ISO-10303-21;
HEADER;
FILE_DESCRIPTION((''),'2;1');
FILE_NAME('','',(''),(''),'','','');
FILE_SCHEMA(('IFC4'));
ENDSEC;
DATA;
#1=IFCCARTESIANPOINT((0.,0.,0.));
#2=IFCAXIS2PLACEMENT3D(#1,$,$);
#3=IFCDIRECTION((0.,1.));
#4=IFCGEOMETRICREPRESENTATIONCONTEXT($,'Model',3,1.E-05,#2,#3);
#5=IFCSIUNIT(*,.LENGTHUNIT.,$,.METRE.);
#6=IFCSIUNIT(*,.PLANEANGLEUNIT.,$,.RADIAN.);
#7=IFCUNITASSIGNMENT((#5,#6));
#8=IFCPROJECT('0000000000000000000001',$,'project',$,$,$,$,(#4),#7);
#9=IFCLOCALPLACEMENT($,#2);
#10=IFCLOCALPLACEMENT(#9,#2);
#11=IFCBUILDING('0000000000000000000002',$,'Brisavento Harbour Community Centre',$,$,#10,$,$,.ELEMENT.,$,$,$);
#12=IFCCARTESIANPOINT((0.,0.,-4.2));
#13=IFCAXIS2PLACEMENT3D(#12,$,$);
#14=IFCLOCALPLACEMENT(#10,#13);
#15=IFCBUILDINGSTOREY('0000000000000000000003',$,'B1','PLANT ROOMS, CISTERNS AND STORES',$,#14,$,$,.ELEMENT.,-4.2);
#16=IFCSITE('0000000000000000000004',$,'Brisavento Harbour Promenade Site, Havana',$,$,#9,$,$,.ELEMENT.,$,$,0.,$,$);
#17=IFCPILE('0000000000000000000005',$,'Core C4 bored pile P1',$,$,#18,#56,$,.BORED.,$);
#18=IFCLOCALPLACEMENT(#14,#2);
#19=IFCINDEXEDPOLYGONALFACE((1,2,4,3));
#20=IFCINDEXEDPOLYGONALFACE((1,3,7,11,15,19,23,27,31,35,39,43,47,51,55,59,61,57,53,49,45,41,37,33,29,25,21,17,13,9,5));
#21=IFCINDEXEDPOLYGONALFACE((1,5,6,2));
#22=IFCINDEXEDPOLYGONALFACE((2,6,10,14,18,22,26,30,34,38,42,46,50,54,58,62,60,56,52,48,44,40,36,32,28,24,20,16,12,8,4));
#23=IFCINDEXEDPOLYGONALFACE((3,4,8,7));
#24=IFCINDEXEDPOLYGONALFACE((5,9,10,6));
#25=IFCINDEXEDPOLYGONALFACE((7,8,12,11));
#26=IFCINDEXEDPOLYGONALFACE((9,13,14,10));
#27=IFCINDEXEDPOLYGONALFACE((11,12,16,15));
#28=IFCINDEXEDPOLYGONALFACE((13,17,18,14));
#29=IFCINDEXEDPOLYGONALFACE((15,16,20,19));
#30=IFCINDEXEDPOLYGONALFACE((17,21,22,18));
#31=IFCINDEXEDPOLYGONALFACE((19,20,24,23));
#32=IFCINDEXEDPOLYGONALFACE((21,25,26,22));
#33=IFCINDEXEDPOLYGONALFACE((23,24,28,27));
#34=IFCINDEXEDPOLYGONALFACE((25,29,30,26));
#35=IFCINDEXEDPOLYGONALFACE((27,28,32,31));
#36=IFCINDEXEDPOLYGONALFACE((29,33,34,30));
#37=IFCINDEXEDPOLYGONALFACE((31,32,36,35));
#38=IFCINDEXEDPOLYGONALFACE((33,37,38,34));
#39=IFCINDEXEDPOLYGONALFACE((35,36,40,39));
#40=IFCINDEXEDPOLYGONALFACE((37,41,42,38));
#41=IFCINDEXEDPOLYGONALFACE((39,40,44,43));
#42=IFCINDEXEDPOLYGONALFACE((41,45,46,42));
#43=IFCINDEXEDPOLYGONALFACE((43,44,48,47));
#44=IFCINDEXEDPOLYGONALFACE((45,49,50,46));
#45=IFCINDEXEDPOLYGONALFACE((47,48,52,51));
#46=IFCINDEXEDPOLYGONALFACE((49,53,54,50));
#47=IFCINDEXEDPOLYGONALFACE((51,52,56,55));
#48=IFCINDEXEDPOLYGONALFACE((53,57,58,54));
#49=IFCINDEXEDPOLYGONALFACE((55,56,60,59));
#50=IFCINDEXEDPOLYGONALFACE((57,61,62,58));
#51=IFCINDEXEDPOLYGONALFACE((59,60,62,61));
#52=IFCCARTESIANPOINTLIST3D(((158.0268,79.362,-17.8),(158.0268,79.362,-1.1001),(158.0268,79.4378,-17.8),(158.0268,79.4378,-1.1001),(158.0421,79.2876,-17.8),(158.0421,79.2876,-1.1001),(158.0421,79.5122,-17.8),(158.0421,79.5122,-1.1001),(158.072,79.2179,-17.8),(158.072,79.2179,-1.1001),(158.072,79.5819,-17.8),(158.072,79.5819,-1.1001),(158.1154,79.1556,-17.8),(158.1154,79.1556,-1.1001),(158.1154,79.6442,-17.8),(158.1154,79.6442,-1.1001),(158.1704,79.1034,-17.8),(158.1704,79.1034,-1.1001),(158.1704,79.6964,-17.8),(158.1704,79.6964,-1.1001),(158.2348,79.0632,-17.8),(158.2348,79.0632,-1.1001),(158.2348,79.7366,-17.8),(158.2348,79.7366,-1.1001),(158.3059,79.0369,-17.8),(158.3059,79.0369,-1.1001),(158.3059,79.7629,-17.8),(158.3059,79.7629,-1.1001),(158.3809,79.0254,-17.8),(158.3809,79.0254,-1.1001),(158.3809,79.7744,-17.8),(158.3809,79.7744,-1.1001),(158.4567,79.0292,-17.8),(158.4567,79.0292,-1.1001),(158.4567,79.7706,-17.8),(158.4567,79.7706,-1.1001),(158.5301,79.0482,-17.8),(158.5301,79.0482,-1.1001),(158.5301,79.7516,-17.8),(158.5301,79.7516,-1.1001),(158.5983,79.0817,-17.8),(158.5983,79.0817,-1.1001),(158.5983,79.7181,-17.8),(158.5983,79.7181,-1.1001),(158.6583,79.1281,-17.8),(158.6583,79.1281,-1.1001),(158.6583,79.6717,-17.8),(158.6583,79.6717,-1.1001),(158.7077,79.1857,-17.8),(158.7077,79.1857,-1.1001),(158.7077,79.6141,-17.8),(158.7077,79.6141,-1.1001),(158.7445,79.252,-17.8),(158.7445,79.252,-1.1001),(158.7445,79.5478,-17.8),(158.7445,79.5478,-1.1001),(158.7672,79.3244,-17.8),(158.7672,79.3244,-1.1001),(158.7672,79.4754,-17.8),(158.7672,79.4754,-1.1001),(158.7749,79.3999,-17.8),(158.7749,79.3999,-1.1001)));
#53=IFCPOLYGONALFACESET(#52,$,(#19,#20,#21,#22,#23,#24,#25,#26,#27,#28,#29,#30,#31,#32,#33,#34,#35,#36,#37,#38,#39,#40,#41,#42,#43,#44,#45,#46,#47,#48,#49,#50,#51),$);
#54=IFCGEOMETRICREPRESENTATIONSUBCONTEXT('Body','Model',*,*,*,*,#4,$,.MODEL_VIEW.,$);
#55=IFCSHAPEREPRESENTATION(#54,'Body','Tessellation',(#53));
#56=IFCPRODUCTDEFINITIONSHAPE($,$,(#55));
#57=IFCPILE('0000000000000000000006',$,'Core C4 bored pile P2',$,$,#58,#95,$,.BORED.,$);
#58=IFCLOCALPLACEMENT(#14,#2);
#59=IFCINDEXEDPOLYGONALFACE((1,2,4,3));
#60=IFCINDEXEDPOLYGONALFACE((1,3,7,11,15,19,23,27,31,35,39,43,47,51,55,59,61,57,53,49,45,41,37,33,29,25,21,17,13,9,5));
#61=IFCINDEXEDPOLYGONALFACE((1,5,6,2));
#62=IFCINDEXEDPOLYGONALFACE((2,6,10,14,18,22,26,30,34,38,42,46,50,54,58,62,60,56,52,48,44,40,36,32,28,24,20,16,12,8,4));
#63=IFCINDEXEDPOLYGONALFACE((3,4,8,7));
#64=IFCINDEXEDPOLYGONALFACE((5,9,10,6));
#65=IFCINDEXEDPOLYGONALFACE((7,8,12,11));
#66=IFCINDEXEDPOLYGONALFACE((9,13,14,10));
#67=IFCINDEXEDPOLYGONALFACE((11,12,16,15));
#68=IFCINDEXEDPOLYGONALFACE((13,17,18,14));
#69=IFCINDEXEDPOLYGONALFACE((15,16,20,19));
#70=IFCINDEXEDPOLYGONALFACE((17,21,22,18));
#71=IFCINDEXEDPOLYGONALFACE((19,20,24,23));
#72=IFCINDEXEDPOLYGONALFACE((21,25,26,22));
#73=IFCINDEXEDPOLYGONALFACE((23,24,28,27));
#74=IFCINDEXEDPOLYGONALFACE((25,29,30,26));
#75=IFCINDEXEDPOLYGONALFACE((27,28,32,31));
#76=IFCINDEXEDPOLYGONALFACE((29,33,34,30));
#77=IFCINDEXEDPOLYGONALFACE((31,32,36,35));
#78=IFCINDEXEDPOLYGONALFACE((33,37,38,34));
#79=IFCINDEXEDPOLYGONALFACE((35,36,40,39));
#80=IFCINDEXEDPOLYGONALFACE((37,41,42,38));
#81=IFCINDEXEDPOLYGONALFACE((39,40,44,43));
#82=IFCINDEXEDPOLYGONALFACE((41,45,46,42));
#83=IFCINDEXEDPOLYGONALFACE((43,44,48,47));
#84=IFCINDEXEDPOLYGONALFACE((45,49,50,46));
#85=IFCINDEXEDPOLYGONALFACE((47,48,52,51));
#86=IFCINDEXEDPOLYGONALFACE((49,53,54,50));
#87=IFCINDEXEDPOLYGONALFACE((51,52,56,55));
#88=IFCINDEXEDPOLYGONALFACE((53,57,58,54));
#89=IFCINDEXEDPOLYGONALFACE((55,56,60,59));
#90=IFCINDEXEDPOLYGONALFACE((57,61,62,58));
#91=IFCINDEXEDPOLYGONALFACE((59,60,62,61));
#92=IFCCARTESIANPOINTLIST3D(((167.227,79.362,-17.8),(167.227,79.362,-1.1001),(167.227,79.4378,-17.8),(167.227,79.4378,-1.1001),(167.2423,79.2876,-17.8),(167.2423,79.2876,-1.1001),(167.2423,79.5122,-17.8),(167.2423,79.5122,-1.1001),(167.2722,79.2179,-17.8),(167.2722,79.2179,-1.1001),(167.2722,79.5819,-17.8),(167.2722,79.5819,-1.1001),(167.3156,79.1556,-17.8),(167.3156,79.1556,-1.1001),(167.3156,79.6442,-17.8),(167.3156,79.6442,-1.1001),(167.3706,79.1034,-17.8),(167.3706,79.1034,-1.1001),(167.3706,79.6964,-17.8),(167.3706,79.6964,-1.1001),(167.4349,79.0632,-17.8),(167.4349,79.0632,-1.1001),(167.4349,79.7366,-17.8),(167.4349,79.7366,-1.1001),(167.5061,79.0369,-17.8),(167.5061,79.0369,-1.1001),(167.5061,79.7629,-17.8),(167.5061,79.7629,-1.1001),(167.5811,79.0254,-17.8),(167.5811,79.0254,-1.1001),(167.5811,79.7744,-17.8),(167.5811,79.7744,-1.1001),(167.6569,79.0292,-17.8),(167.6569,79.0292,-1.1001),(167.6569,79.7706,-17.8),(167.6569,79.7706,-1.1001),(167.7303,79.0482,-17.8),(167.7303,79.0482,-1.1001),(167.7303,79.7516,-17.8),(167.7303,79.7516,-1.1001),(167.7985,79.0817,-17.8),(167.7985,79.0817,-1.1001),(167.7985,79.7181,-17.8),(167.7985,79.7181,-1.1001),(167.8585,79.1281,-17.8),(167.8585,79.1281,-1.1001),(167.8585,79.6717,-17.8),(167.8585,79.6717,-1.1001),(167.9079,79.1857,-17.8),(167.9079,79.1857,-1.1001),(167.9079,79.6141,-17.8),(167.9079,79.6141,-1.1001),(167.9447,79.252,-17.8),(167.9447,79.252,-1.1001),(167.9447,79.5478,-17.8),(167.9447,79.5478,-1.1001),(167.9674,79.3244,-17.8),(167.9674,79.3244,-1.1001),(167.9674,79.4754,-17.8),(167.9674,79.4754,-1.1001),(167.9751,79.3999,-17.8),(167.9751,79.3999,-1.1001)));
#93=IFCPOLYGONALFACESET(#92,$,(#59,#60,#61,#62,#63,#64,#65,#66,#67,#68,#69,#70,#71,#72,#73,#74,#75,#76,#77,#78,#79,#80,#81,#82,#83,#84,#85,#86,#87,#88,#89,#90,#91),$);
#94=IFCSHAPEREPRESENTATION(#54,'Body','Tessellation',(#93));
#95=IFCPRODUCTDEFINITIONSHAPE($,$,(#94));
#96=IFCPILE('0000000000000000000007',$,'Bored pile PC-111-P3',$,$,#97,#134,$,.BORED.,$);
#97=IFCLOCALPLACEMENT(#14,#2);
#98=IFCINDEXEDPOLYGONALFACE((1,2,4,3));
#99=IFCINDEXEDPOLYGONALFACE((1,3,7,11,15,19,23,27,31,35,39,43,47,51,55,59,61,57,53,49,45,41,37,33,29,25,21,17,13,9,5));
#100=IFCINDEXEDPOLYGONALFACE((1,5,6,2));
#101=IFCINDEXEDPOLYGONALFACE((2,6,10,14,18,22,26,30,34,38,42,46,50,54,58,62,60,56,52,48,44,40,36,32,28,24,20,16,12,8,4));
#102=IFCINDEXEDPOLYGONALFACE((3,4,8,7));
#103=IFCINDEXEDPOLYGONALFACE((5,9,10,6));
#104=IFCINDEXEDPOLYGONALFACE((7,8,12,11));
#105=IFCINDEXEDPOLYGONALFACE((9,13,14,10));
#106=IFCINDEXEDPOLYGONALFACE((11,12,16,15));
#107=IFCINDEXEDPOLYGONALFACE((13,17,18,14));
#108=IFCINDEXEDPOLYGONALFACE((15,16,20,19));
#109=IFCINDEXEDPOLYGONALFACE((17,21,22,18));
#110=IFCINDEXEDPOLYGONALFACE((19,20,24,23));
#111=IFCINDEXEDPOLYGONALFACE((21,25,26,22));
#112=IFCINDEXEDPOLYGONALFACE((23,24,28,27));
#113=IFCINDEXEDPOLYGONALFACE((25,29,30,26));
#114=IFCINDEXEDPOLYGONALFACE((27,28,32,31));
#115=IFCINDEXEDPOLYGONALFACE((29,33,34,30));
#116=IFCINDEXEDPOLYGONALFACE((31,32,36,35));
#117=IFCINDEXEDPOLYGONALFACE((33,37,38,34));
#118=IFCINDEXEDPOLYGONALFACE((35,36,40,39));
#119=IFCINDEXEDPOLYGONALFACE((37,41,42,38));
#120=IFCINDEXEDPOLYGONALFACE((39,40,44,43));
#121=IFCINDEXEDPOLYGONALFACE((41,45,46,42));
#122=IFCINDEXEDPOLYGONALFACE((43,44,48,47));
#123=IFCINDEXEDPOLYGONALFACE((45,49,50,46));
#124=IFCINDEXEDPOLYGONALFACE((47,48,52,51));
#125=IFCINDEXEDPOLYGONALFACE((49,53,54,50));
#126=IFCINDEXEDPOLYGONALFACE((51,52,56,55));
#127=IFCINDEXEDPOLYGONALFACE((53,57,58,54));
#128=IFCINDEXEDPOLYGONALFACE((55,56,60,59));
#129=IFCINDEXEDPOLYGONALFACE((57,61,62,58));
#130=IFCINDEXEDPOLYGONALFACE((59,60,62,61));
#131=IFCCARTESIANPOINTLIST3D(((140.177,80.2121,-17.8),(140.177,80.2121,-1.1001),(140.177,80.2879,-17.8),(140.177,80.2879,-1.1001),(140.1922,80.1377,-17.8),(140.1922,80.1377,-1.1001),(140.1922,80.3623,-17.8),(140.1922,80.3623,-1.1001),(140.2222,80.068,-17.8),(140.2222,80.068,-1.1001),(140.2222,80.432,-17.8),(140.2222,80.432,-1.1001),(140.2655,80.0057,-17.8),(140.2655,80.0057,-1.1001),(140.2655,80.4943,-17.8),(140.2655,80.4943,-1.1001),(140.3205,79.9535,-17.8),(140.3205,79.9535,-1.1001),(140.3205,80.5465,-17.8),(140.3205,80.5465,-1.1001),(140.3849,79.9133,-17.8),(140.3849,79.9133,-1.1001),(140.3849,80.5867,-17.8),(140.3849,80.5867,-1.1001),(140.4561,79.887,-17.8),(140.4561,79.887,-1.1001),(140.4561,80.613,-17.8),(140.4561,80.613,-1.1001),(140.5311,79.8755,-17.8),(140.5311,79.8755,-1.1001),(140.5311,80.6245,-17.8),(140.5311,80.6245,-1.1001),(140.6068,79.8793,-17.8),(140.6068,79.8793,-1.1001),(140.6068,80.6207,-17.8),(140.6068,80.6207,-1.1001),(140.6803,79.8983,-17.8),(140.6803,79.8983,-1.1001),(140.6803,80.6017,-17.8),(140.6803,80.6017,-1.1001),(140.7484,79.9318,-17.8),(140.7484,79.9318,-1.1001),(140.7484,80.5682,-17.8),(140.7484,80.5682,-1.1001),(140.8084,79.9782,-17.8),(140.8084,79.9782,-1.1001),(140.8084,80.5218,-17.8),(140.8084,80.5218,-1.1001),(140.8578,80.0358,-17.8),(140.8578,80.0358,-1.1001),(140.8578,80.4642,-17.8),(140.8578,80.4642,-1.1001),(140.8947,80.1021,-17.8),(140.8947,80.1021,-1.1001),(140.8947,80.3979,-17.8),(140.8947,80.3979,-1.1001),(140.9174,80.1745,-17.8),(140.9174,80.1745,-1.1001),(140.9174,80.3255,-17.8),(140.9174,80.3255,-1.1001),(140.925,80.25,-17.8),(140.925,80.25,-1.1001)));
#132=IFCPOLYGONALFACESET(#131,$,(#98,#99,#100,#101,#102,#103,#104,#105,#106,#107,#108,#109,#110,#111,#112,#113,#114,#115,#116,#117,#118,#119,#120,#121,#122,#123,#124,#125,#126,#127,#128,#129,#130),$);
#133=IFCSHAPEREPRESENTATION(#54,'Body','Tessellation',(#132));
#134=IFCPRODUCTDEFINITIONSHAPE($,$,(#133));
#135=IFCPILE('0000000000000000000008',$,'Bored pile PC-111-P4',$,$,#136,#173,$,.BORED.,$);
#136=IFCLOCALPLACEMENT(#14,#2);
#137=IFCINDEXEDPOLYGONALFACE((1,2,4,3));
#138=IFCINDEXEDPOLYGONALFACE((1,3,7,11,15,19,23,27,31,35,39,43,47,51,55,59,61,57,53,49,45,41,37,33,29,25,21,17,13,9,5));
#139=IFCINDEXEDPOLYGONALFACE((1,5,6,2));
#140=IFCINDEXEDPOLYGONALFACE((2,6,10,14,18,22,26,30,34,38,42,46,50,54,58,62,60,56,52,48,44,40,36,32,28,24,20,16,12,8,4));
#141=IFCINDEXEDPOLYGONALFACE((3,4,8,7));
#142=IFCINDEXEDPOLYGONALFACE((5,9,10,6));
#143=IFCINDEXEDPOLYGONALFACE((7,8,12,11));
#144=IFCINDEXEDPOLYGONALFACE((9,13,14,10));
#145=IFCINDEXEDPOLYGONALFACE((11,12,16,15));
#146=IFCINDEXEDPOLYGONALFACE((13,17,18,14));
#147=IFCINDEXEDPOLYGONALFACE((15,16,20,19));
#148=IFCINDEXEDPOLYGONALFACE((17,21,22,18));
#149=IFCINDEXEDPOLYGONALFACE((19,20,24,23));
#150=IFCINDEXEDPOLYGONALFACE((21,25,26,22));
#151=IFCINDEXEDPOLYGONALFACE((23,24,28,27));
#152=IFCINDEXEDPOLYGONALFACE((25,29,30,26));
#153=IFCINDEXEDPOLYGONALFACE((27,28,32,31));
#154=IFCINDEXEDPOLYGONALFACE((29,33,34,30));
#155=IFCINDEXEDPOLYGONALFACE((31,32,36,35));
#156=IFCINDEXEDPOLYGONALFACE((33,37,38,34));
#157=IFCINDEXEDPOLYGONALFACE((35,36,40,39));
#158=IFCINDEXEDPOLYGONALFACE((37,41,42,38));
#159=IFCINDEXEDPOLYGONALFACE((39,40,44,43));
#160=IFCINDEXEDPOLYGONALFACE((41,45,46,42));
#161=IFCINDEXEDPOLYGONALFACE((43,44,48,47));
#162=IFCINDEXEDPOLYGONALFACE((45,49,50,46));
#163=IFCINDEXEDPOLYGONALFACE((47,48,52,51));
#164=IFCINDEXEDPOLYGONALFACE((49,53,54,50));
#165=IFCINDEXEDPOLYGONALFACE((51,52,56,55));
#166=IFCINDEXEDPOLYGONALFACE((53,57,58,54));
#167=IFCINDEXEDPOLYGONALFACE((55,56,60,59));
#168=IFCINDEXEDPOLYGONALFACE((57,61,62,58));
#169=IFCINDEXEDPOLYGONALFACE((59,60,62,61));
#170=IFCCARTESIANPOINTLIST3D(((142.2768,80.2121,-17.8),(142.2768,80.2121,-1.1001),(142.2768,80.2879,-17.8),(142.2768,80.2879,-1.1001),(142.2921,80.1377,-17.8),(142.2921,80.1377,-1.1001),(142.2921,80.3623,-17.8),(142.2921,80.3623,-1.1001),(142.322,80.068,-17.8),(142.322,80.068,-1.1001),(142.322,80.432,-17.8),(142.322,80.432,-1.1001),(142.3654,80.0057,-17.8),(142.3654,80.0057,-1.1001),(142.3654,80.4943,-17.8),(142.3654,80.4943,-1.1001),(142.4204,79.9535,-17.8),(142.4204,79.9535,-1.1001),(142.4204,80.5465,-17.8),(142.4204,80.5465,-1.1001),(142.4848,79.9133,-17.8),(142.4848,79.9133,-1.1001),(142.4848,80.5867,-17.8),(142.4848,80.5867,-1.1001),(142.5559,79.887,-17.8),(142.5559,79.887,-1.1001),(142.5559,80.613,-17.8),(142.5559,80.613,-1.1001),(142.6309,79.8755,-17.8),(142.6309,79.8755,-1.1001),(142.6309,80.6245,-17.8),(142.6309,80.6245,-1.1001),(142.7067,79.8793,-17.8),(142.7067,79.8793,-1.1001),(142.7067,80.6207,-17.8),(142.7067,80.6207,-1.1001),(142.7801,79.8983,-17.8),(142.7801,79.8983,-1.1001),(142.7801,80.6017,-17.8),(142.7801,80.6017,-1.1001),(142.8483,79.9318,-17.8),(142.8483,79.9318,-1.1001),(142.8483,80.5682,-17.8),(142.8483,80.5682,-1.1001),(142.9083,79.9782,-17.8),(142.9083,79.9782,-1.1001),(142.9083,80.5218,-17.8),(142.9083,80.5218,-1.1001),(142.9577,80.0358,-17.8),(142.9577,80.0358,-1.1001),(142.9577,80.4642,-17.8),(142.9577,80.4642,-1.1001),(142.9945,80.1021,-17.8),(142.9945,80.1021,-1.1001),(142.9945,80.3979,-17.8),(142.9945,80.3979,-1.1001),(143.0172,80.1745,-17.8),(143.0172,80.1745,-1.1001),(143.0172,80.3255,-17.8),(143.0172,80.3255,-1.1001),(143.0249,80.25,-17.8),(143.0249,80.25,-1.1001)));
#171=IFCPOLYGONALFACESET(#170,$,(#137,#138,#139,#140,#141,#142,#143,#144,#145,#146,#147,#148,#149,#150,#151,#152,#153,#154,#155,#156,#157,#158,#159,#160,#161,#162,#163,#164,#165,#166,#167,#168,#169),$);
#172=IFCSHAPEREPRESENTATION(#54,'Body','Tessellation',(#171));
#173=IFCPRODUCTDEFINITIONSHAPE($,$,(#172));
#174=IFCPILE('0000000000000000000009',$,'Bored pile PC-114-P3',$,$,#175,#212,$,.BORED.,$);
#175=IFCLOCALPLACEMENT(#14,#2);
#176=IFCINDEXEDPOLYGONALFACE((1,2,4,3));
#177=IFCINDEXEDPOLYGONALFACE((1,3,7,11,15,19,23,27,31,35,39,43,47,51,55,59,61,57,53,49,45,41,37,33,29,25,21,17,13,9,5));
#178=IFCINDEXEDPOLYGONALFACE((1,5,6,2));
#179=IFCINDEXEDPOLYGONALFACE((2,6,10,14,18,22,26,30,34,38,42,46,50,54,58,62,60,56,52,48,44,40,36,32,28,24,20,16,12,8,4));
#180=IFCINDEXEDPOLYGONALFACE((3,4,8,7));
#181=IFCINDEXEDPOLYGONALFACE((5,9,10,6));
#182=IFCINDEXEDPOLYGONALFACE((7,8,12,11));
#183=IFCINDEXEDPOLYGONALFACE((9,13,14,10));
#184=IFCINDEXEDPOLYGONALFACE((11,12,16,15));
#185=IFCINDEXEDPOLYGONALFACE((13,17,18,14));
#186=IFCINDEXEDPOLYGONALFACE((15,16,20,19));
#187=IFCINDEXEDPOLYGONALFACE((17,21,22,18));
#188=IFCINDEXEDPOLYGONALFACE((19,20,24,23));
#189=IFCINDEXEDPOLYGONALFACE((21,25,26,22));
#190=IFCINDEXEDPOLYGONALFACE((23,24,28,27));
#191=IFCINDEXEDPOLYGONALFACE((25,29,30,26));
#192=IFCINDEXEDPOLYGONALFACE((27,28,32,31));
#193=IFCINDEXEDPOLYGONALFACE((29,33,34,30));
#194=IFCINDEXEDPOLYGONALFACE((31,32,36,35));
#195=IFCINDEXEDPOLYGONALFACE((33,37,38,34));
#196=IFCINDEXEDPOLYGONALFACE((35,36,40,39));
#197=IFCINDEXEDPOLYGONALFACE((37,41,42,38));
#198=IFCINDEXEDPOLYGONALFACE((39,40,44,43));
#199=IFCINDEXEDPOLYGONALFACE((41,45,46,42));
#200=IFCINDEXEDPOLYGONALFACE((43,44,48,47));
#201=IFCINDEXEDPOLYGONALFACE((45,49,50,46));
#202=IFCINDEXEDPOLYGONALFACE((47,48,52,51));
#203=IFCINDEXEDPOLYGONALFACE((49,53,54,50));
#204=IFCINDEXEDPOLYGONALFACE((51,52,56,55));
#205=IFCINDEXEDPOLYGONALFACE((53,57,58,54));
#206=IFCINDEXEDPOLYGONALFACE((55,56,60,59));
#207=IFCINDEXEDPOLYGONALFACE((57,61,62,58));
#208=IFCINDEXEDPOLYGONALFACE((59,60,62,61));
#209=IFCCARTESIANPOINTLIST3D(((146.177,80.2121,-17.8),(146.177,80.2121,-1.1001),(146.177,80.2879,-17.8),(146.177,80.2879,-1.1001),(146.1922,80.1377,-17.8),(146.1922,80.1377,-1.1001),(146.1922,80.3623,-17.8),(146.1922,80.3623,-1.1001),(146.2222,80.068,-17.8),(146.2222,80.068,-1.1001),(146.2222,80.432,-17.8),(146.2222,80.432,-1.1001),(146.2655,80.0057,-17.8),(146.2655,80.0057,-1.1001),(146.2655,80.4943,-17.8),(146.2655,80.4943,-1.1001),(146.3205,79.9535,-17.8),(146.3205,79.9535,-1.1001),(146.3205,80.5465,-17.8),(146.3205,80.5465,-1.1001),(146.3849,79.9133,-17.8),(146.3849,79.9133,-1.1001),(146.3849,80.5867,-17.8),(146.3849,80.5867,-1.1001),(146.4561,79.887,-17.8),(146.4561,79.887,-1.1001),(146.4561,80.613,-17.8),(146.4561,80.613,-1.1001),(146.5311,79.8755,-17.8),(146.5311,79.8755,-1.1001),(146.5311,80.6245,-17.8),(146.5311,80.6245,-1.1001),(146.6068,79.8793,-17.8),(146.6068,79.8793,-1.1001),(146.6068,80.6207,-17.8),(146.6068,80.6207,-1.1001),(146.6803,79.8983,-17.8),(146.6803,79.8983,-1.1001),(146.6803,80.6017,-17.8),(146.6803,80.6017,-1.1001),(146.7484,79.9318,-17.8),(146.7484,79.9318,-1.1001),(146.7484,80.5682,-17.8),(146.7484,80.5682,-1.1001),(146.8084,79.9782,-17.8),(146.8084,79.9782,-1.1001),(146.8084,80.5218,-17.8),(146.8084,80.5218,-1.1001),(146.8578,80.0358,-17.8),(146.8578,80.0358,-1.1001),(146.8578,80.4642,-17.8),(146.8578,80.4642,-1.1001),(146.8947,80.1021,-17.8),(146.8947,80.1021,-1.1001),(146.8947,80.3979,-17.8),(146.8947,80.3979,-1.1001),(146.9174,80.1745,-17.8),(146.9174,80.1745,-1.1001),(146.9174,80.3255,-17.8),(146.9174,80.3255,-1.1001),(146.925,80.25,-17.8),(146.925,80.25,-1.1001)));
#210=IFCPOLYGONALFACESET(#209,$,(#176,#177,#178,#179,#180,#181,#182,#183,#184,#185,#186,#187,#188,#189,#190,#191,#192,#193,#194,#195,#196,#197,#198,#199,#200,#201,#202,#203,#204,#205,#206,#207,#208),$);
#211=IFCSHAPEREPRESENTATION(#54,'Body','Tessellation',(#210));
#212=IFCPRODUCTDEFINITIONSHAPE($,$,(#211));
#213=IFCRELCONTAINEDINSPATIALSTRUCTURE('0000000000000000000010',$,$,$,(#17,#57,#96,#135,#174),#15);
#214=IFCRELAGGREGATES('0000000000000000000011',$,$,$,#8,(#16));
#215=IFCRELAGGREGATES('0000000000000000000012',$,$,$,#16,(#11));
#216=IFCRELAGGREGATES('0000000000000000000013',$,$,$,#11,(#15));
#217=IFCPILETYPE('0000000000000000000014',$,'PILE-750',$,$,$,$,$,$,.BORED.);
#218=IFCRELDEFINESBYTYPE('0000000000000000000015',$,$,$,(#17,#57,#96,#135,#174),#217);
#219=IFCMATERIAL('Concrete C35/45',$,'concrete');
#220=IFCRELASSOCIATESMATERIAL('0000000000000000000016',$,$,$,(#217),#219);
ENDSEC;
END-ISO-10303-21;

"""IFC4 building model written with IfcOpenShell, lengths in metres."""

from ifc_helpers import new_model, si_unit, direction, frame, origin, origin_2d, place, context, subcontext, project, spatial, circle, extrude, material, material_profile, profile_set, type_object, element, save


model = new_model("IFC4")

# Units and contexts
model_context = context("Model", 3, precision=1e-05, world=origin(), true_north=direction((0.0, 1.0)))
body_context = subcontext(model_context, "Body", "Model", "MODEL_VIEW")
ifc_project = project(units=[si_unit("LENGTHUNIT", "METRE"), si_unit("PLANEANGLEUNIT", "RADIAN")], contexts=[model_context])

# Site, building, storey
site_placement = place(None, origin())
site = spatial("IfcSite", under=ifc_project, at=site_placement, Name="Brisavento Harbour Promenade Site, Havana", CompositionType="ELEMENT", RefElevation=0.0)
building_placement = place(site_placement, origin())
building = spatial("IfcBuilding", under=site, at=building_placement, Name="Brisavento Harbour Community Centre", CompositionType="ELEMENT")
storey_placement = place(building_placement, frame((0.0, 0.0, -4.2)))
storey = spatial("IfcBuildingStorey", under=building, at=storey_placement, Name="B1", Description="PLANT ROOMS, CISTERNS AND STORES", CompositionType="ELEMENT", Elevation=-4.2)

# Piles
ifc_material_1 = material(Name="Concrete C35/45", Category="concrete")
ifc_material_profile_1 = material_profile(ifc_material_1, circle(Radius=0.375, at=origin_2d()), Name="Concrete C35/45")
ifc_profile_set_1 = profile_set([ifc_material_profile_1], Name="Concrete C35/45")
pile_type = type_object("IfcPileType", Name="PILE-750", PredefinedType="BORED", material=ifc_profile_set_1)
for number, where, z_axis, x_axis, name in (
    (1, (158.3999, 79.3999, -1.1001), (0.0, 0.0, -1.0), (1.0, 0.0, 0.0), "Core C4 bored pile P1"),
    (2, (167.6001, 79.3999, -1.1001), (0.0, 0.0, -1.0), (1.0, 0.0, 0.0), "Core C4 bored pile P2"),
    (3, (140.55, 80.25, -1.1001), (0.0, 0.0, -1.0), (1.0, 0.0, 0.0), "Bored pile PC-111-P3"),
    (4, (142.6499, 80.25, -1.1001), (0.0, 0.0, -1.0), (1.0, 0.0, 0.0), "Bored pile PC-111-P4"),
    (5, (146.55, 80.25, -1.1001), (0.0, 0.0, -1.0), (1.0, 0.0, 0.0), "Bored pile PC-114-P3"),
):
    element("IfcPile", number, at=place(storey_placement, frame(where, z_axis=z_axis, x_axis=x_axis)), inside=storey, type_object=pile_type, Name=name, PredefinedType="BORED", context=body_context, shape_type="SweptSolid", body=[
        extrude(circle(Radius=0.375, at=origin_2d()), origin(), (0.0, 0.0, 1.0), 16.7),
    ])

save(model, "model.ifc")
